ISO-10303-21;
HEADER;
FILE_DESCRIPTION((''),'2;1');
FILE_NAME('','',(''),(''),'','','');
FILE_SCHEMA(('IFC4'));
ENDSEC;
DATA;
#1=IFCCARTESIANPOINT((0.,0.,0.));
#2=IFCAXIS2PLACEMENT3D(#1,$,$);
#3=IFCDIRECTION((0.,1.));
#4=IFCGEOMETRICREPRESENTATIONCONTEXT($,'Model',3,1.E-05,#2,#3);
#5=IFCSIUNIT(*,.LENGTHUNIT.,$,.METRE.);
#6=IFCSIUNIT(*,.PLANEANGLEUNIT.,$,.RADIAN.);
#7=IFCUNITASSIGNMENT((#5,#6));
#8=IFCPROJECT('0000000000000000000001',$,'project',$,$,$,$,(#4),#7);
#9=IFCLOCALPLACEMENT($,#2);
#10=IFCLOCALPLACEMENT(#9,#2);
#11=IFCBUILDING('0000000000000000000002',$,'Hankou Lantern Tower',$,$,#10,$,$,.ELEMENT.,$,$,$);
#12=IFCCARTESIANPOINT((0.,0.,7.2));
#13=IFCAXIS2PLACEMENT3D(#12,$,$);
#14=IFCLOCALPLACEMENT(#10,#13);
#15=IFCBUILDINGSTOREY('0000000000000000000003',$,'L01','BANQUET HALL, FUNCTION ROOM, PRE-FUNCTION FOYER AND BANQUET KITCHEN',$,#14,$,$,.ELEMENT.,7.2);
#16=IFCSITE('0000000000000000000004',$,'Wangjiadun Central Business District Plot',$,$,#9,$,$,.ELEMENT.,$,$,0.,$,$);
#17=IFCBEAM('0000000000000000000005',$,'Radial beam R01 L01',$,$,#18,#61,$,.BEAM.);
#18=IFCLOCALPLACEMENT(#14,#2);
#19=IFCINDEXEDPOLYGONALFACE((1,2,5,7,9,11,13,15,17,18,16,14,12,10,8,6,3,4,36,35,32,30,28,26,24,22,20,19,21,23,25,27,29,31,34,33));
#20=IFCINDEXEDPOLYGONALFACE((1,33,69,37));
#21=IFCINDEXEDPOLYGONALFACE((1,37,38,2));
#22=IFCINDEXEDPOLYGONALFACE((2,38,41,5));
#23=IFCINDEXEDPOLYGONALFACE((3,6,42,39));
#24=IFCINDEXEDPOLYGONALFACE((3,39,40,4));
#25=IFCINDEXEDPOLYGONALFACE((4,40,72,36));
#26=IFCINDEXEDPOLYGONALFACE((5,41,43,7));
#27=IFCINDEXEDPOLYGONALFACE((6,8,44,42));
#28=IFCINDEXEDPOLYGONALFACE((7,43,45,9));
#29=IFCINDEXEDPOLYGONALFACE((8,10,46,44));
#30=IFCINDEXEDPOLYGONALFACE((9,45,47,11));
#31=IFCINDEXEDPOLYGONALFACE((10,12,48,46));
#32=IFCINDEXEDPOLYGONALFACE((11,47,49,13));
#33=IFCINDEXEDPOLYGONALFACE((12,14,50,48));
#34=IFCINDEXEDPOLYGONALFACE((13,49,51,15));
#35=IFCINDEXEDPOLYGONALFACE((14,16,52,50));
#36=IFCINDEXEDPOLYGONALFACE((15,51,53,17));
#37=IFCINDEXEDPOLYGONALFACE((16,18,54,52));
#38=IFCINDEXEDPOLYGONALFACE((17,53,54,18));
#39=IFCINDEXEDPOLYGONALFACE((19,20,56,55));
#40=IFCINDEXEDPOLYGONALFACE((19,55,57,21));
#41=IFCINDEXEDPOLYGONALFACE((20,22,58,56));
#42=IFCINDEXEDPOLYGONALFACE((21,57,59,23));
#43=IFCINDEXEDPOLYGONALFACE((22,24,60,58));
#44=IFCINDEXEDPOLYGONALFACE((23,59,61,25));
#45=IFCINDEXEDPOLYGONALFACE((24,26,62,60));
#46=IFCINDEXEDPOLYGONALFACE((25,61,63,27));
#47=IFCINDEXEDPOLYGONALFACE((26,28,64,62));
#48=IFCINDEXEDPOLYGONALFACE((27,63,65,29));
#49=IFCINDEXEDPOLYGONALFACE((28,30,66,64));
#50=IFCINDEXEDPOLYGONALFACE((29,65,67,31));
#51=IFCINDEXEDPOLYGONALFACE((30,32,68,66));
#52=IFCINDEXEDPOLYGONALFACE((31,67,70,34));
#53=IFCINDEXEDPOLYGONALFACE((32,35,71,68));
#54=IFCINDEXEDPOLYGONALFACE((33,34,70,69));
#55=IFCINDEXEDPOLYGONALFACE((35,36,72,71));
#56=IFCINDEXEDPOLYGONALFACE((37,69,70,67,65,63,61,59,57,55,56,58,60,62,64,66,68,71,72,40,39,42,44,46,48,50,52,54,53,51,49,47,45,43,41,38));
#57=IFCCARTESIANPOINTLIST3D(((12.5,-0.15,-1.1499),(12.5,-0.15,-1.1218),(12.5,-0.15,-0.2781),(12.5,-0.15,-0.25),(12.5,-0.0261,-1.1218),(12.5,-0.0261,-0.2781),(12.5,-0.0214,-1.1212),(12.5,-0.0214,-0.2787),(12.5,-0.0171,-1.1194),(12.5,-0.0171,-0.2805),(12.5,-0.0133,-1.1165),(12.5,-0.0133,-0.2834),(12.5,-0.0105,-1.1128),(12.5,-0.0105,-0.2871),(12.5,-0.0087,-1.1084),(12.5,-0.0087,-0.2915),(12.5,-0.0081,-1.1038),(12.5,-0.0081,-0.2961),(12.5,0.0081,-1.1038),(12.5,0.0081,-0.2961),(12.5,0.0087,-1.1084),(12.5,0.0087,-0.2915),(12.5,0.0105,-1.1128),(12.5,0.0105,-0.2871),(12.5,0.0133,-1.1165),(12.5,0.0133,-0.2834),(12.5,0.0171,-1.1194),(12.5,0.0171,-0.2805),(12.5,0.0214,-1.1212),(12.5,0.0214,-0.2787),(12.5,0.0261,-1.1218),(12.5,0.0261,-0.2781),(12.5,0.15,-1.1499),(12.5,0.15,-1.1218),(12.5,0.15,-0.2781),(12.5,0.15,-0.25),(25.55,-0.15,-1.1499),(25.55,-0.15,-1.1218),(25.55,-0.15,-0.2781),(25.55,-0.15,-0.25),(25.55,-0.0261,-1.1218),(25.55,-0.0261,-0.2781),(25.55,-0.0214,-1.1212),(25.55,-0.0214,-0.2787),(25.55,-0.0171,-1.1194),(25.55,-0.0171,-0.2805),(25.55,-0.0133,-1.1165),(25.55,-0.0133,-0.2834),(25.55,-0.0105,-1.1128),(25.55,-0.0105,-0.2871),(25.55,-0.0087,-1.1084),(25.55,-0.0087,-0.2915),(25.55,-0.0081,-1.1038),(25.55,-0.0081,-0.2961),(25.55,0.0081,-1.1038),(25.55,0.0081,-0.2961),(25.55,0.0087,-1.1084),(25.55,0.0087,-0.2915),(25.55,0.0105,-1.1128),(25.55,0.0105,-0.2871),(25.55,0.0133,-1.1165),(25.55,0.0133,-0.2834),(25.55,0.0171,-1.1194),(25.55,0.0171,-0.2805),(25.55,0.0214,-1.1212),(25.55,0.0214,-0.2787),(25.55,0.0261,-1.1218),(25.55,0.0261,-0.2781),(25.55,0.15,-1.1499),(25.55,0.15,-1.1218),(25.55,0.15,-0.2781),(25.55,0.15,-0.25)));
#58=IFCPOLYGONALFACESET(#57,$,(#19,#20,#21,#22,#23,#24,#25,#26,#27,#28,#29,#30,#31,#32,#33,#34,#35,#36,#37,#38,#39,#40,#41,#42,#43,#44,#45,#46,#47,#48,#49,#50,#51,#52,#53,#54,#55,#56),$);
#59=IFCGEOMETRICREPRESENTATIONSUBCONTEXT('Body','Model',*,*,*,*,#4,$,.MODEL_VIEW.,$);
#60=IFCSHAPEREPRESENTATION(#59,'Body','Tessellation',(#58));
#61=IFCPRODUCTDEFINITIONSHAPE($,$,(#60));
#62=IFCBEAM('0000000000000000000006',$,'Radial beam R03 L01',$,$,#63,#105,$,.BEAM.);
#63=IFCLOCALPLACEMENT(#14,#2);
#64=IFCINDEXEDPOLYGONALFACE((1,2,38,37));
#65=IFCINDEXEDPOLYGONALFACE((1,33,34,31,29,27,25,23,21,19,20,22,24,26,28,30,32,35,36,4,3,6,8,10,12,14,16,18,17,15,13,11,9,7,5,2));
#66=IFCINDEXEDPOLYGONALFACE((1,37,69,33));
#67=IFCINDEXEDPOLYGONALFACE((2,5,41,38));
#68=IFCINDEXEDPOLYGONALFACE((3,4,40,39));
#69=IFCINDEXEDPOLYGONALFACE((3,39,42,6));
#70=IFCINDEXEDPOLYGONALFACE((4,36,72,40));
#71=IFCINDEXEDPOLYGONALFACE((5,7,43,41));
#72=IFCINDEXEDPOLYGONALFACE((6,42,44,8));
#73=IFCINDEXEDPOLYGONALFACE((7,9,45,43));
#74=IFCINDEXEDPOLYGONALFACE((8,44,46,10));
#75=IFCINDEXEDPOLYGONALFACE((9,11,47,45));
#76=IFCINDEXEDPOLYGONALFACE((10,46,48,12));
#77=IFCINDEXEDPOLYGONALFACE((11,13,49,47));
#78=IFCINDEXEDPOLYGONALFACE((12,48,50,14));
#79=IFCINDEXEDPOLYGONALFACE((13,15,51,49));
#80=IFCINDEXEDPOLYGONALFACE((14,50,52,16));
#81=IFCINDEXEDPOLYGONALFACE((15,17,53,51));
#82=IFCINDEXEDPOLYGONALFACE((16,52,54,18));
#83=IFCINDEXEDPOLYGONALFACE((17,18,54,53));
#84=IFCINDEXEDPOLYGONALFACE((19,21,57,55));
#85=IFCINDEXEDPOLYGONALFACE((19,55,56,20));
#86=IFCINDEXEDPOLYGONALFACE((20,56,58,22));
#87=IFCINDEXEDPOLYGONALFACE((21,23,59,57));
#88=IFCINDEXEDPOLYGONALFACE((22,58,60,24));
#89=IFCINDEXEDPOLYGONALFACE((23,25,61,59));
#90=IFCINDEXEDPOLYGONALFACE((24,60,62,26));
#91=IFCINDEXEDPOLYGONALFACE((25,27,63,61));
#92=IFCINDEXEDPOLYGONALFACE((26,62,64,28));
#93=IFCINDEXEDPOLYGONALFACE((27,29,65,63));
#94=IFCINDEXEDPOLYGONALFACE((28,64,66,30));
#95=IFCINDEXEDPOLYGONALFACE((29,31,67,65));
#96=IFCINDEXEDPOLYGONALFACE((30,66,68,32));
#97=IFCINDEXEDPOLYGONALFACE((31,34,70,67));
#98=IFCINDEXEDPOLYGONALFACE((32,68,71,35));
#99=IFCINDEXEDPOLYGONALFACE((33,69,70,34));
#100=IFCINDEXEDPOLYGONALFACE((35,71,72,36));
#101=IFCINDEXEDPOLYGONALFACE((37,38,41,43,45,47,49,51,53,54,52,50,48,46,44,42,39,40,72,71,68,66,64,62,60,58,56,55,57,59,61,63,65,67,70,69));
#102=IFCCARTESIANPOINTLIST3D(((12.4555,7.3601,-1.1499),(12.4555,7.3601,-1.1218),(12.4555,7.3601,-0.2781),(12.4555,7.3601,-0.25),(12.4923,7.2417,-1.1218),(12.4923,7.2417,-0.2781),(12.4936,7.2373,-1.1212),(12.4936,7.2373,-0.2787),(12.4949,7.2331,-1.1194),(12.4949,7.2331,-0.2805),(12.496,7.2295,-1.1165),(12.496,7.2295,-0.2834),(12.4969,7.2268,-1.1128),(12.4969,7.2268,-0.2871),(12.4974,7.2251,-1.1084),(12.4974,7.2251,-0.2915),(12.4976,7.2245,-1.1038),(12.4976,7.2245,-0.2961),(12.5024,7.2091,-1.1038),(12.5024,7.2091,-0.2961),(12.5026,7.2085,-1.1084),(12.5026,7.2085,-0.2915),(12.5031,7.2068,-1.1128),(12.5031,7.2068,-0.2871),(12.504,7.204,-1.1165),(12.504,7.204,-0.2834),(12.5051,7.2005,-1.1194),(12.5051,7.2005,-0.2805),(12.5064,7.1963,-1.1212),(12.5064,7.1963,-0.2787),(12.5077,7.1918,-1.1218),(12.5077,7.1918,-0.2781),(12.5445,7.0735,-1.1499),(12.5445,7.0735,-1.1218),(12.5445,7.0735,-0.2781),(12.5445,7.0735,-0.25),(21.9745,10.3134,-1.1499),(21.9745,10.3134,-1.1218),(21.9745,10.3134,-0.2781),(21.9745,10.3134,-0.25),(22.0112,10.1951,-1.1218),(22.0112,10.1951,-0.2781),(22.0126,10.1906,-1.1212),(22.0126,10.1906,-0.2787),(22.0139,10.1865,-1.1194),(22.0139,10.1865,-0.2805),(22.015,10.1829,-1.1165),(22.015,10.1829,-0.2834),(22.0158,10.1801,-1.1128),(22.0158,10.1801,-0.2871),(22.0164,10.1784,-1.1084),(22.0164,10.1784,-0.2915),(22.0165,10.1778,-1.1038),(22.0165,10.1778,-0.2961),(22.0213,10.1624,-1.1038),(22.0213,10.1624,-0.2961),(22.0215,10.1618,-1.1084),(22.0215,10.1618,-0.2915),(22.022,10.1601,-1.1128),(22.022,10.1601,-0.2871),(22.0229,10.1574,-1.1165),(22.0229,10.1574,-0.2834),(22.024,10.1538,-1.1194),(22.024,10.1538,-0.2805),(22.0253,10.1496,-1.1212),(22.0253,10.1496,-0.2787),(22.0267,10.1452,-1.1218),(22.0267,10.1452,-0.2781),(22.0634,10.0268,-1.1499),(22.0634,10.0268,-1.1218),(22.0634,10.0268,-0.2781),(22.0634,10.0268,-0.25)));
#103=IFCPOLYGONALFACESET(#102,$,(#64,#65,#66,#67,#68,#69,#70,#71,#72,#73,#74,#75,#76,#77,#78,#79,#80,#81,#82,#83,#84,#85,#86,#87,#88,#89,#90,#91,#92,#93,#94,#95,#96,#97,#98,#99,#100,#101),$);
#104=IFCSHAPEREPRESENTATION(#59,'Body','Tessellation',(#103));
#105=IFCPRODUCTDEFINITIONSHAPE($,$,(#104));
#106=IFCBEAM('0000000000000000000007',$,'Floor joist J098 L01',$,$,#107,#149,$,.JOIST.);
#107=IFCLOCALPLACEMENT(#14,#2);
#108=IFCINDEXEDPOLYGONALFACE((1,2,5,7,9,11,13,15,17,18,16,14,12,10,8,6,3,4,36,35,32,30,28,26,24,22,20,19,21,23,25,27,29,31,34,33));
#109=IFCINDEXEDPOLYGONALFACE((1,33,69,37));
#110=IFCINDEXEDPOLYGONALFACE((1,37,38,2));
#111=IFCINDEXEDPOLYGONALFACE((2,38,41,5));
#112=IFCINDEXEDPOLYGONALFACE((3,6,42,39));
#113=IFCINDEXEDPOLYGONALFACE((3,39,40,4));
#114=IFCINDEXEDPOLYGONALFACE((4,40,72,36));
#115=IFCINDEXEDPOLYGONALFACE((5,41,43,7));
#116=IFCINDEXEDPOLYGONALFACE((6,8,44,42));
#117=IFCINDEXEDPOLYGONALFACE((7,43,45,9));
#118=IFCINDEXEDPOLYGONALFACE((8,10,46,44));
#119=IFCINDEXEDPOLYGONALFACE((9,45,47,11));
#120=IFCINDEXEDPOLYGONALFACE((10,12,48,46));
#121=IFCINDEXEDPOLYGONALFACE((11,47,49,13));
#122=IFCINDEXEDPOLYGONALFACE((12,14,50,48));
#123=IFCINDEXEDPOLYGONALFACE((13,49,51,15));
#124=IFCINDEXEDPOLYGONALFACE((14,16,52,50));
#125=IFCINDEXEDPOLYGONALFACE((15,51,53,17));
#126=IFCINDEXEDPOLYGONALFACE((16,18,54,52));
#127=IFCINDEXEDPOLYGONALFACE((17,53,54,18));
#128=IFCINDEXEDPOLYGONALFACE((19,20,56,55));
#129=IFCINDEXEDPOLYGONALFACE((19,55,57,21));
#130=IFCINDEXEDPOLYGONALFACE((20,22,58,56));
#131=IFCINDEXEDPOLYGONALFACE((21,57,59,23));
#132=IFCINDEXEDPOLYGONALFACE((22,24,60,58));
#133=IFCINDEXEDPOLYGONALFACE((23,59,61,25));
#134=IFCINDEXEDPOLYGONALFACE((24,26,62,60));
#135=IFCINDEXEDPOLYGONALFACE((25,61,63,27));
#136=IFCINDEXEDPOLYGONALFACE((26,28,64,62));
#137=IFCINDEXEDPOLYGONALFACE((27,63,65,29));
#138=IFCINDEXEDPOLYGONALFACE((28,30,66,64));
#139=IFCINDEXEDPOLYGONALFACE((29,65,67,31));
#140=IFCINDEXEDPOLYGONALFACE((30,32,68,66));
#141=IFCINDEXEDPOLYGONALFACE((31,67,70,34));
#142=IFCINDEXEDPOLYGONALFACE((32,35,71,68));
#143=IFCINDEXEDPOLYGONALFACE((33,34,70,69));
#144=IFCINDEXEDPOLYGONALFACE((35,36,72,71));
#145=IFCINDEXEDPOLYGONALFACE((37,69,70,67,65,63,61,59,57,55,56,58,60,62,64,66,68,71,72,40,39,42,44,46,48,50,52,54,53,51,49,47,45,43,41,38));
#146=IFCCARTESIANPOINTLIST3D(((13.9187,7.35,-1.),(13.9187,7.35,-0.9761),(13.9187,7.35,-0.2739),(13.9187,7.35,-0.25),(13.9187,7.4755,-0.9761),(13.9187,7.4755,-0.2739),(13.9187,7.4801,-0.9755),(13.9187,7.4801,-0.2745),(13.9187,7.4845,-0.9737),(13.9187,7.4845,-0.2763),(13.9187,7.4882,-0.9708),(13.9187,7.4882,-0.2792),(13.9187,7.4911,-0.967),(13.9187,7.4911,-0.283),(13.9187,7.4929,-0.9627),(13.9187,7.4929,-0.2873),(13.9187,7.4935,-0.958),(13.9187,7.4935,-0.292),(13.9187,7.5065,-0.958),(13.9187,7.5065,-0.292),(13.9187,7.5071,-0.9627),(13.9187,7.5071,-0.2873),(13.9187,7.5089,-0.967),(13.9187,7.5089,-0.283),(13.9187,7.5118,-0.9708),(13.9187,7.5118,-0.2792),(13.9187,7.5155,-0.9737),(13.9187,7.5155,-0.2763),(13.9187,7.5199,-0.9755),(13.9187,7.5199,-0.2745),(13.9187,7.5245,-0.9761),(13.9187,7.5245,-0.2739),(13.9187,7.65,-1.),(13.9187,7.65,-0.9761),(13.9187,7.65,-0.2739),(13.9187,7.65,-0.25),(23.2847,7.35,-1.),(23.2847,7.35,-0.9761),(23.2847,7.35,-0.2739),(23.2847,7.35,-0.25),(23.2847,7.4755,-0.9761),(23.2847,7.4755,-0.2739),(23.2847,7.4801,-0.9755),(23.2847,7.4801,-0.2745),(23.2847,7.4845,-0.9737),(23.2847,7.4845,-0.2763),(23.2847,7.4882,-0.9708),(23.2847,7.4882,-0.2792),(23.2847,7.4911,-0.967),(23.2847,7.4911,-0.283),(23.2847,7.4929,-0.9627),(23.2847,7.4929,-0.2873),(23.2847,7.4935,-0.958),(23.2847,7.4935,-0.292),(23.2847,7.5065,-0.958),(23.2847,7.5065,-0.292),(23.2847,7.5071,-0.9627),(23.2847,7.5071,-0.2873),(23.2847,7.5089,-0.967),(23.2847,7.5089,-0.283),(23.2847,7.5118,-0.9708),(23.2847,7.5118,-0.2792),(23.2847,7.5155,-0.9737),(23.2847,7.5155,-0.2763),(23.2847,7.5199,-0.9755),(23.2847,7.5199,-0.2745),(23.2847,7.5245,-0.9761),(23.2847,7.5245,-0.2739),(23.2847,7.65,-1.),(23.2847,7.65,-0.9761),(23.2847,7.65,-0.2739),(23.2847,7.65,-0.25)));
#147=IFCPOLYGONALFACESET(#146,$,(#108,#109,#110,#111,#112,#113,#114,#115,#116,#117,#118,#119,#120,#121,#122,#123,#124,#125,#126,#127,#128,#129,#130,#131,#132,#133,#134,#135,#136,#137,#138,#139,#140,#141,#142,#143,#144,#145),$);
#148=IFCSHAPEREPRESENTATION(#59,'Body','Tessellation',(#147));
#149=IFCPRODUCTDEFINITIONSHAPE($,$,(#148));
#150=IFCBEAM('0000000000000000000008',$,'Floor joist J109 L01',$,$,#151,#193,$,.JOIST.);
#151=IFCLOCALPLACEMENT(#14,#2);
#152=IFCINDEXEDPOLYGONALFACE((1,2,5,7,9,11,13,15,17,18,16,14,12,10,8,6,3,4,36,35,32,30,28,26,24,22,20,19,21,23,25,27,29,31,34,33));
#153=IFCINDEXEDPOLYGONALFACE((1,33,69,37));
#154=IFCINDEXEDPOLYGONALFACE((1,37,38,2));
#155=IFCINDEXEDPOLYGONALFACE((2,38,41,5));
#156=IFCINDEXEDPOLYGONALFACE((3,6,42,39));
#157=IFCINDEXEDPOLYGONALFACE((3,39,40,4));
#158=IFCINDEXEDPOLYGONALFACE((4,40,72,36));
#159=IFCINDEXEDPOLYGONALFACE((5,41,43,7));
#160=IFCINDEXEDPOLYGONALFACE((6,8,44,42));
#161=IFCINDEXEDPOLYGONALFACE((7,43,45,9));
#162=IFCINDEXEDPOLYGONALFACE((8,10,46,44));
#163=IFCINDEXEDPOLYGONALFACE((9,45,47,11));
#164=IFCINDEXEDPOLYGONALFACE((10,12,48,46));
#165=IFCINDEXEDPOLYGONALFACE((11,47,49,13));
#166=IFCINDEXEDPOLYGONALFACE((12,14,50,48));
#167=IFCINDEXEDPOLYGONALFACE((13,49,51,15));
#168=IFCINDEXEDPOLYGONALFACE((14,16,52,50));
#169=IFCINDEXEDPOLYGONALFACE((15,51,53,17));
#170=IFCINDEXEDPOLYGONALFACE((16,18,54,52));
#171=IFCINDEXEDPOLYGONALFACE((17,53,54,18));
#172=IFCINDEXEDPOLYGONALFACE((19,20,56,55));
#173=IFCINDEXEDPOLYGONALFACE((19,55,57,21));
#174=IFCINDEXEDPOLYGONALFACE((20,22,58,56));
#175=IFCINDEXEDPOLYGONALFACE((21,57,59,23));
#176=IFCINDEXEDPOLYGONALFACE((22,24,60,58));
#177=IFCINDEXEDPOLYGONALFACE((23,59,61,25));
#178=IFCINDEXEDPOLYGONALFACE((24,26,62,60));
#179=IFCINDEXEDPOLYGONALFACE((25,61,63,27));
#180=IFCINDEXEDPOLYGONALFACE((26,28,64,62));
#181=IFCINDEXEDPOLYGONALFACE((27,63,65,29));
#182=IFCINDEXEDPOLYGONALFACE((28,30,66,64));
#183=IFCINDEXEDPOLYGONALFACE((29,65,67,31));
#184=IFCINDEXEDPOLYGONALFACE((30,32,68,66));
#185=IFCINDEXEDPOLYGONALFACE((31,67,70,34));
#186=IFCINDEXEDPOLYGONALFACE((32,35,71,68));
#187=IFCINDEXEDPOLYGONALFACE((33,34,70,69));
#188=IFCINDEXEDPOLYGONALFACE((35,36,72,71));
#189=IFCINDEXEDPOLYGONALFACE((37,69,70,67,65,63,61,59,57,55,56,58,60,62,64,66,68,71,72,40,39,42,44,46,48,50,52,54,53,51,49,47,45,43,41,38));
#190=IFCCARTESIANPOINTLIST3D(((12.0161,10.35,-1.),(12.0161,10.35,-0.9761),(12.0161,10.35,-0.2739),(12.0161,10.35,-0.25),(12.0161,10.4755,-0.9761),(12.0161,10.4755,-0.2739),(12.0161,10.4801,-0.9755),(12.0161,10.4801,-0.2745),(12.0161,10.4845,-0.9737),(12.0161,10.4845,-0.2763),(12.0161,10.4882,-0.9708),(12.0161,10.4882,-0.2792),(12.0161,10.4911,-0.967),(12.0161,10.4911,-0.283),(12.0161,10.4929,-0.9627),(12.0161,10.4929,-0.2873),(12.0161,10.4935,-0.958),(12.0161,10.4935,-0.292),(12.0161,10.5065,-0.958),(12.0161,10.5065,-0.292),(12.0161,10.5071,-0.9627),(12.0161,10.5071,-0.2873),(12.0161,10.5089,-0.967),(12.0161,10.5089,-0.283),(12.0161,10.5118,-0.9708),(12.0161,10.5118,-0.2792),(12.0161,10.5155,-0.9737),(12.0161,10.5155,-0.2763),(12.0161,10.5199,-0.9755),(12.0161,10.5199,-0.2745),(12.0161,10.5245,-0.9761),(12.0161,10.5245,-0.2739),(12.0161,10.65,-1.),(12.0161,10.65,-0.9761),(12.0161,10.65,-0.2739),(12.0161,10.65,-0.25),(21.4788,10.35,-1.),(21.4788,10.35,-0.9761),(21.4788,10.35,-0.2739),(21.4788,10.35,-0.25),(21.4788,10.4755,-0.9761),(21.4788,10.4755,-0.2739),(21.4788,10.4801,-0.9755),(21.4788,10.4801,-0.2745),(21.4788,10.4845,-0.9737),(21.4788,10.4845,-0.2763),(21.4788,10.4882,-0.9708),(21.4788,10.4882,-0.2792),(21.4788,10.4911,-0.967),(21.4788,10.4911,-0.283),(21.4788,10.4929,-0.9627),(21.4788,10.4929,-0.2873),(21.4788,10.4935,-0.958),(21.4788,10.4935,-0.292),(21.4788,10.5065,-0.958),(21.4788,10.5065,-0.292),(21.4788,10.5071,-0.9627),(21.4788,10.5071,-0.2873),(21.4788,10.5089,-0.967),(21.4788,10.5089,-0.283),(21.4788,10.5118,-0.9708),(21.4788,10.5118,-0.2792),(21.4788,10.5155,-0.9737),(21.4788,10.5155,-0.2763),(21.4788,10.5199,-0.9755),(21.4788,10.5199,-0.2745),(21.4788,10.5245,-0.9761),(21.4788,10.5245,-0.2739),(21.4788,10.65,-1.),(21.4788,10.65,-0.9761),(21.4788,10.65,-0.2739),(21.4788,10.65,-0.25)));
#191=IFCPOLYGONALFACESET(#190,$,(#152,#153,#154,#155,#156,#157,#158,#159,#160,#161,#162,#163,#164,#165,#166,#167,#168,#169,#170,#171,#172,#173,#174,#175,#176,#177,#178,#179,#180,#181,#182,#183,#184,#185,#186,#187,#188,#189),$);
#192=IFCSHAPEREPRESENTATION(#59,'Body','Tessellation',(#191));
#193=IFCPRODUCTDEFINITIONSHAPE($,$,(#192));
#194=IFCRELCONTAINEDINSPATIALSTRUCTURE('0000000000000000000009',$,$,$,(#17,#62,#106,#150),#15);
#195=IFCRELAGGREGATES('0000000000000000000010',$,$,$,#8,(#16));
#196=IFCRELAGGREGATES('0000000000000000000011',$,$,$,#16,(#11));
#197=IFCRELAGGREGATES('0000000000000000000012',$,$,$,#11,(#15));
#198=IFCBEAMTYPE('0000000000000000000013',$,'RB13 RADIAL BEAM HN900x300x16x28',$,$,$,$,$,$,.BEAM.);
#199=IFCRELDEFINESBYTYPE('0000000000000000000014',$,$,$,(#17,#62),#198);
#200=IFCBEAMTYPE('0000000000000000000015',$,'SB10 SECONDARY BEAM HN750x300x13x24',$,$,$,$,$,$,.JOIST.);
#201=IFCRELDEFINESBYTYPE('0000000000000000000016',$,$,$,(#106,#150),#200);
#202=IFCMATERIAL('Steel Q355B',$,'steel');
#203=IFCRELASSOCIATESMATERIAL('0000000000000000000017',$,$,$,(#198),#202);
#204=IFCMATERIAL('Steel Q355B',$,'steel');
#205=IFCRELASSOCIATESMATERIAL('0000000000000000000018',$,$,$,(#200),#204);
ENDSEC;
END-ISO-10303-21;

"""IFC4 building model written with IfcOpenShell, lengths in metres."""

from ifc_helpers import new_model, si_unit, direction, frame, origin, origin_2d, place, context, subcontext, project, spatial, i_section, extrude, material, material_profile, profile_set, type_object, element, save


model = new_model("IFC4")

# Units and contexts
model_context = context("Model", 3, precision=1e-05, world=origin(), true_north=direction((0.0, 1.0)))
body_context = subcontext(model_context, "Body", "Model", "MODEL_VIEW")
ifc_project = project(units=[si_unit("LENGTHUNIT", "METRE"), si_unit("PLANEANGLEUNIT", "RADIAN")], contexts=[model_context])

# Site, building, storey
site_placement = place(None, origin())
site = spatial("IfcSite", under=ifc_project, at=site_placement, Name="Wangjiadun Central Business District Plot", CompositionType="ELEMENT", RefElevation=0.0)
building_placement = place(site_placement, origin())
building = spatial("IfcBuilding", under=site, at=building_placement, Name="Hankou Lantern Tower", CompositionType="ELEMENT")
storey_placement = place(building_placement, frame((0.0, 0.0, 7.2)))
storey = spatial("IfcBuildingStorey", under=building, at=storey_placement, Name="L01", Description="BANQUET HALL, FUNCTION ROOM, PRE-FUNCTION FOYER AND BANQUET KITCHEN", CompositionType="ELEMENT", Elevation=7.2)

# Beams
ifc_material_1 = material(Name="Steel Q355B", Category="steel")
ifc_material_profile_1 = material_profile(ifc_material_1, i_section(OverallWidth=0.3, OverallDepth=0.8999, WebThickness=0.0161, FlangeThickness=0.0281, FilletRadius=0.0181, at=origin_2d()), Name="HN900x300x16x28")
ifc_profile_set_1 = profile_set([ifc_material_profile_1], Name="Steel Q355B")
beam_type_1 = type_object("IfcBeamType", Name="RB13 RADIAL BEAM HN900x300x16x28", PredefinedType="BEAM", material=ifc_profile_set_1)
beam_1_placement = place(storey_placement, frame((12.5, 0.0, -0.7), z_axis=(1.0, 0.0, 0.0), x_axis=(0.0, 1.0, 0.0)))
element("IfcBeam", 1, at=beam_1_placement, inside=storey, type_object=beam_type_1, Name="Radial beam R01 L01", PredefinedType="BEAM", context=body_context, shape_type="SweptSolid", body=[
    extrude(i_section(OverallWidth=0.3, OverallDepth=0.8999, WebThickness=0.0161, FlangeThickness=0.0281, FilletRadius=0.0181, at=origin_2d()), origin(), (0.0, 0.0, 1.0), 13.05),
])
beam_2_placement = place(storey_placement, frame((12.5, 7.2168, -0.7), z_axis=(0.955087, 0.296324, 0.0), x_axis=(-0.296324, 0.955087, 0.0)))
element("IfcBeam", 2, at=beam_2_placement, inside=storey, type_object=beam_type_1, Name="Radial beam R03 L01", PredefinedType="BEAM", context=body_context, shape_type="SweptSolid", body=[
    extrude(i_section(OverallWidth=0.3, OverallDepth=0.8999, WebThickness=0.0161, FlangeThickness=0.0281, FilletRadius=0.0181, at=origin_2d()), origin(), (0.0, 0.0, 1.0), 9.9666),
])
ifc_material_2 = material(Name="Steel Q355B", Category="steel")
ifc_material_profile_2 = material_profile(ifc_material_2, i_section(OverallWidth=0.3, OverallDepth=0.75, WebThickness=0.0129, FlangeThickness=0.0239, FilletRadius=0.0181, at=origin_2d()), Name="HN750x300x13x24")
ifc_profile_set_2 = profile_set([ifc_material_profile_2], Name="Steel Q355B")
beam_type_2 = type_object("IfcBeamType", Name="SB10 SECONDARY BEAM HN750x300x13x24", PredefinedType="JOIST", material=ifc_profile_set_2)
beam_3_placement = place(storey_placement, frame((13.9187, 7.5, -0.625), z_axis=(1.0, 0.0, 0.0), x_axis=(0.0, 1.0, 0.0)))
element("IfcBeam", 3, at=beam_3_placement, inside=storey, type_object=beam_type_2, Name="Floor joist J098 L01", PredefinedType="JOIST", context=body_context, shape_type="SweptSolid", body=[
    extrude(i_section(OverallWidth=0.3, OverallDepth=0.75, WebThickness=0.0129, FlangeThickness=0.0239, FilletRadius=0.0181, at=origin_2d()), origin(), (0.0, 0.0, 1.0), 9.366),
])
beam_4_placement = place(storey_placement, frame((12.0161, 10.5, -0.625), z_axis=(1.0, 0.0, 0.0), x_axis=(0.0, 1.0, 0.0)))
element("IfcBeam", 4, at=beam_4_placement, inside=storey, type_object=beam_type_2, Name="Floor joist J109 L01", PredefinedType="JOIST", context=body_context, shape_type="SweptSolid", body=[
    extrude(i_section(OverallWidth=0.3, OverallDepth=0.75, WebThickness=0.0129, FlangeThickness=0.0239, FilletRadius=0.0181, at=origin_2d()), origin(), (0.0, 0.0, 1.0), 9.4626),
])

save(model, "model.ifc")
